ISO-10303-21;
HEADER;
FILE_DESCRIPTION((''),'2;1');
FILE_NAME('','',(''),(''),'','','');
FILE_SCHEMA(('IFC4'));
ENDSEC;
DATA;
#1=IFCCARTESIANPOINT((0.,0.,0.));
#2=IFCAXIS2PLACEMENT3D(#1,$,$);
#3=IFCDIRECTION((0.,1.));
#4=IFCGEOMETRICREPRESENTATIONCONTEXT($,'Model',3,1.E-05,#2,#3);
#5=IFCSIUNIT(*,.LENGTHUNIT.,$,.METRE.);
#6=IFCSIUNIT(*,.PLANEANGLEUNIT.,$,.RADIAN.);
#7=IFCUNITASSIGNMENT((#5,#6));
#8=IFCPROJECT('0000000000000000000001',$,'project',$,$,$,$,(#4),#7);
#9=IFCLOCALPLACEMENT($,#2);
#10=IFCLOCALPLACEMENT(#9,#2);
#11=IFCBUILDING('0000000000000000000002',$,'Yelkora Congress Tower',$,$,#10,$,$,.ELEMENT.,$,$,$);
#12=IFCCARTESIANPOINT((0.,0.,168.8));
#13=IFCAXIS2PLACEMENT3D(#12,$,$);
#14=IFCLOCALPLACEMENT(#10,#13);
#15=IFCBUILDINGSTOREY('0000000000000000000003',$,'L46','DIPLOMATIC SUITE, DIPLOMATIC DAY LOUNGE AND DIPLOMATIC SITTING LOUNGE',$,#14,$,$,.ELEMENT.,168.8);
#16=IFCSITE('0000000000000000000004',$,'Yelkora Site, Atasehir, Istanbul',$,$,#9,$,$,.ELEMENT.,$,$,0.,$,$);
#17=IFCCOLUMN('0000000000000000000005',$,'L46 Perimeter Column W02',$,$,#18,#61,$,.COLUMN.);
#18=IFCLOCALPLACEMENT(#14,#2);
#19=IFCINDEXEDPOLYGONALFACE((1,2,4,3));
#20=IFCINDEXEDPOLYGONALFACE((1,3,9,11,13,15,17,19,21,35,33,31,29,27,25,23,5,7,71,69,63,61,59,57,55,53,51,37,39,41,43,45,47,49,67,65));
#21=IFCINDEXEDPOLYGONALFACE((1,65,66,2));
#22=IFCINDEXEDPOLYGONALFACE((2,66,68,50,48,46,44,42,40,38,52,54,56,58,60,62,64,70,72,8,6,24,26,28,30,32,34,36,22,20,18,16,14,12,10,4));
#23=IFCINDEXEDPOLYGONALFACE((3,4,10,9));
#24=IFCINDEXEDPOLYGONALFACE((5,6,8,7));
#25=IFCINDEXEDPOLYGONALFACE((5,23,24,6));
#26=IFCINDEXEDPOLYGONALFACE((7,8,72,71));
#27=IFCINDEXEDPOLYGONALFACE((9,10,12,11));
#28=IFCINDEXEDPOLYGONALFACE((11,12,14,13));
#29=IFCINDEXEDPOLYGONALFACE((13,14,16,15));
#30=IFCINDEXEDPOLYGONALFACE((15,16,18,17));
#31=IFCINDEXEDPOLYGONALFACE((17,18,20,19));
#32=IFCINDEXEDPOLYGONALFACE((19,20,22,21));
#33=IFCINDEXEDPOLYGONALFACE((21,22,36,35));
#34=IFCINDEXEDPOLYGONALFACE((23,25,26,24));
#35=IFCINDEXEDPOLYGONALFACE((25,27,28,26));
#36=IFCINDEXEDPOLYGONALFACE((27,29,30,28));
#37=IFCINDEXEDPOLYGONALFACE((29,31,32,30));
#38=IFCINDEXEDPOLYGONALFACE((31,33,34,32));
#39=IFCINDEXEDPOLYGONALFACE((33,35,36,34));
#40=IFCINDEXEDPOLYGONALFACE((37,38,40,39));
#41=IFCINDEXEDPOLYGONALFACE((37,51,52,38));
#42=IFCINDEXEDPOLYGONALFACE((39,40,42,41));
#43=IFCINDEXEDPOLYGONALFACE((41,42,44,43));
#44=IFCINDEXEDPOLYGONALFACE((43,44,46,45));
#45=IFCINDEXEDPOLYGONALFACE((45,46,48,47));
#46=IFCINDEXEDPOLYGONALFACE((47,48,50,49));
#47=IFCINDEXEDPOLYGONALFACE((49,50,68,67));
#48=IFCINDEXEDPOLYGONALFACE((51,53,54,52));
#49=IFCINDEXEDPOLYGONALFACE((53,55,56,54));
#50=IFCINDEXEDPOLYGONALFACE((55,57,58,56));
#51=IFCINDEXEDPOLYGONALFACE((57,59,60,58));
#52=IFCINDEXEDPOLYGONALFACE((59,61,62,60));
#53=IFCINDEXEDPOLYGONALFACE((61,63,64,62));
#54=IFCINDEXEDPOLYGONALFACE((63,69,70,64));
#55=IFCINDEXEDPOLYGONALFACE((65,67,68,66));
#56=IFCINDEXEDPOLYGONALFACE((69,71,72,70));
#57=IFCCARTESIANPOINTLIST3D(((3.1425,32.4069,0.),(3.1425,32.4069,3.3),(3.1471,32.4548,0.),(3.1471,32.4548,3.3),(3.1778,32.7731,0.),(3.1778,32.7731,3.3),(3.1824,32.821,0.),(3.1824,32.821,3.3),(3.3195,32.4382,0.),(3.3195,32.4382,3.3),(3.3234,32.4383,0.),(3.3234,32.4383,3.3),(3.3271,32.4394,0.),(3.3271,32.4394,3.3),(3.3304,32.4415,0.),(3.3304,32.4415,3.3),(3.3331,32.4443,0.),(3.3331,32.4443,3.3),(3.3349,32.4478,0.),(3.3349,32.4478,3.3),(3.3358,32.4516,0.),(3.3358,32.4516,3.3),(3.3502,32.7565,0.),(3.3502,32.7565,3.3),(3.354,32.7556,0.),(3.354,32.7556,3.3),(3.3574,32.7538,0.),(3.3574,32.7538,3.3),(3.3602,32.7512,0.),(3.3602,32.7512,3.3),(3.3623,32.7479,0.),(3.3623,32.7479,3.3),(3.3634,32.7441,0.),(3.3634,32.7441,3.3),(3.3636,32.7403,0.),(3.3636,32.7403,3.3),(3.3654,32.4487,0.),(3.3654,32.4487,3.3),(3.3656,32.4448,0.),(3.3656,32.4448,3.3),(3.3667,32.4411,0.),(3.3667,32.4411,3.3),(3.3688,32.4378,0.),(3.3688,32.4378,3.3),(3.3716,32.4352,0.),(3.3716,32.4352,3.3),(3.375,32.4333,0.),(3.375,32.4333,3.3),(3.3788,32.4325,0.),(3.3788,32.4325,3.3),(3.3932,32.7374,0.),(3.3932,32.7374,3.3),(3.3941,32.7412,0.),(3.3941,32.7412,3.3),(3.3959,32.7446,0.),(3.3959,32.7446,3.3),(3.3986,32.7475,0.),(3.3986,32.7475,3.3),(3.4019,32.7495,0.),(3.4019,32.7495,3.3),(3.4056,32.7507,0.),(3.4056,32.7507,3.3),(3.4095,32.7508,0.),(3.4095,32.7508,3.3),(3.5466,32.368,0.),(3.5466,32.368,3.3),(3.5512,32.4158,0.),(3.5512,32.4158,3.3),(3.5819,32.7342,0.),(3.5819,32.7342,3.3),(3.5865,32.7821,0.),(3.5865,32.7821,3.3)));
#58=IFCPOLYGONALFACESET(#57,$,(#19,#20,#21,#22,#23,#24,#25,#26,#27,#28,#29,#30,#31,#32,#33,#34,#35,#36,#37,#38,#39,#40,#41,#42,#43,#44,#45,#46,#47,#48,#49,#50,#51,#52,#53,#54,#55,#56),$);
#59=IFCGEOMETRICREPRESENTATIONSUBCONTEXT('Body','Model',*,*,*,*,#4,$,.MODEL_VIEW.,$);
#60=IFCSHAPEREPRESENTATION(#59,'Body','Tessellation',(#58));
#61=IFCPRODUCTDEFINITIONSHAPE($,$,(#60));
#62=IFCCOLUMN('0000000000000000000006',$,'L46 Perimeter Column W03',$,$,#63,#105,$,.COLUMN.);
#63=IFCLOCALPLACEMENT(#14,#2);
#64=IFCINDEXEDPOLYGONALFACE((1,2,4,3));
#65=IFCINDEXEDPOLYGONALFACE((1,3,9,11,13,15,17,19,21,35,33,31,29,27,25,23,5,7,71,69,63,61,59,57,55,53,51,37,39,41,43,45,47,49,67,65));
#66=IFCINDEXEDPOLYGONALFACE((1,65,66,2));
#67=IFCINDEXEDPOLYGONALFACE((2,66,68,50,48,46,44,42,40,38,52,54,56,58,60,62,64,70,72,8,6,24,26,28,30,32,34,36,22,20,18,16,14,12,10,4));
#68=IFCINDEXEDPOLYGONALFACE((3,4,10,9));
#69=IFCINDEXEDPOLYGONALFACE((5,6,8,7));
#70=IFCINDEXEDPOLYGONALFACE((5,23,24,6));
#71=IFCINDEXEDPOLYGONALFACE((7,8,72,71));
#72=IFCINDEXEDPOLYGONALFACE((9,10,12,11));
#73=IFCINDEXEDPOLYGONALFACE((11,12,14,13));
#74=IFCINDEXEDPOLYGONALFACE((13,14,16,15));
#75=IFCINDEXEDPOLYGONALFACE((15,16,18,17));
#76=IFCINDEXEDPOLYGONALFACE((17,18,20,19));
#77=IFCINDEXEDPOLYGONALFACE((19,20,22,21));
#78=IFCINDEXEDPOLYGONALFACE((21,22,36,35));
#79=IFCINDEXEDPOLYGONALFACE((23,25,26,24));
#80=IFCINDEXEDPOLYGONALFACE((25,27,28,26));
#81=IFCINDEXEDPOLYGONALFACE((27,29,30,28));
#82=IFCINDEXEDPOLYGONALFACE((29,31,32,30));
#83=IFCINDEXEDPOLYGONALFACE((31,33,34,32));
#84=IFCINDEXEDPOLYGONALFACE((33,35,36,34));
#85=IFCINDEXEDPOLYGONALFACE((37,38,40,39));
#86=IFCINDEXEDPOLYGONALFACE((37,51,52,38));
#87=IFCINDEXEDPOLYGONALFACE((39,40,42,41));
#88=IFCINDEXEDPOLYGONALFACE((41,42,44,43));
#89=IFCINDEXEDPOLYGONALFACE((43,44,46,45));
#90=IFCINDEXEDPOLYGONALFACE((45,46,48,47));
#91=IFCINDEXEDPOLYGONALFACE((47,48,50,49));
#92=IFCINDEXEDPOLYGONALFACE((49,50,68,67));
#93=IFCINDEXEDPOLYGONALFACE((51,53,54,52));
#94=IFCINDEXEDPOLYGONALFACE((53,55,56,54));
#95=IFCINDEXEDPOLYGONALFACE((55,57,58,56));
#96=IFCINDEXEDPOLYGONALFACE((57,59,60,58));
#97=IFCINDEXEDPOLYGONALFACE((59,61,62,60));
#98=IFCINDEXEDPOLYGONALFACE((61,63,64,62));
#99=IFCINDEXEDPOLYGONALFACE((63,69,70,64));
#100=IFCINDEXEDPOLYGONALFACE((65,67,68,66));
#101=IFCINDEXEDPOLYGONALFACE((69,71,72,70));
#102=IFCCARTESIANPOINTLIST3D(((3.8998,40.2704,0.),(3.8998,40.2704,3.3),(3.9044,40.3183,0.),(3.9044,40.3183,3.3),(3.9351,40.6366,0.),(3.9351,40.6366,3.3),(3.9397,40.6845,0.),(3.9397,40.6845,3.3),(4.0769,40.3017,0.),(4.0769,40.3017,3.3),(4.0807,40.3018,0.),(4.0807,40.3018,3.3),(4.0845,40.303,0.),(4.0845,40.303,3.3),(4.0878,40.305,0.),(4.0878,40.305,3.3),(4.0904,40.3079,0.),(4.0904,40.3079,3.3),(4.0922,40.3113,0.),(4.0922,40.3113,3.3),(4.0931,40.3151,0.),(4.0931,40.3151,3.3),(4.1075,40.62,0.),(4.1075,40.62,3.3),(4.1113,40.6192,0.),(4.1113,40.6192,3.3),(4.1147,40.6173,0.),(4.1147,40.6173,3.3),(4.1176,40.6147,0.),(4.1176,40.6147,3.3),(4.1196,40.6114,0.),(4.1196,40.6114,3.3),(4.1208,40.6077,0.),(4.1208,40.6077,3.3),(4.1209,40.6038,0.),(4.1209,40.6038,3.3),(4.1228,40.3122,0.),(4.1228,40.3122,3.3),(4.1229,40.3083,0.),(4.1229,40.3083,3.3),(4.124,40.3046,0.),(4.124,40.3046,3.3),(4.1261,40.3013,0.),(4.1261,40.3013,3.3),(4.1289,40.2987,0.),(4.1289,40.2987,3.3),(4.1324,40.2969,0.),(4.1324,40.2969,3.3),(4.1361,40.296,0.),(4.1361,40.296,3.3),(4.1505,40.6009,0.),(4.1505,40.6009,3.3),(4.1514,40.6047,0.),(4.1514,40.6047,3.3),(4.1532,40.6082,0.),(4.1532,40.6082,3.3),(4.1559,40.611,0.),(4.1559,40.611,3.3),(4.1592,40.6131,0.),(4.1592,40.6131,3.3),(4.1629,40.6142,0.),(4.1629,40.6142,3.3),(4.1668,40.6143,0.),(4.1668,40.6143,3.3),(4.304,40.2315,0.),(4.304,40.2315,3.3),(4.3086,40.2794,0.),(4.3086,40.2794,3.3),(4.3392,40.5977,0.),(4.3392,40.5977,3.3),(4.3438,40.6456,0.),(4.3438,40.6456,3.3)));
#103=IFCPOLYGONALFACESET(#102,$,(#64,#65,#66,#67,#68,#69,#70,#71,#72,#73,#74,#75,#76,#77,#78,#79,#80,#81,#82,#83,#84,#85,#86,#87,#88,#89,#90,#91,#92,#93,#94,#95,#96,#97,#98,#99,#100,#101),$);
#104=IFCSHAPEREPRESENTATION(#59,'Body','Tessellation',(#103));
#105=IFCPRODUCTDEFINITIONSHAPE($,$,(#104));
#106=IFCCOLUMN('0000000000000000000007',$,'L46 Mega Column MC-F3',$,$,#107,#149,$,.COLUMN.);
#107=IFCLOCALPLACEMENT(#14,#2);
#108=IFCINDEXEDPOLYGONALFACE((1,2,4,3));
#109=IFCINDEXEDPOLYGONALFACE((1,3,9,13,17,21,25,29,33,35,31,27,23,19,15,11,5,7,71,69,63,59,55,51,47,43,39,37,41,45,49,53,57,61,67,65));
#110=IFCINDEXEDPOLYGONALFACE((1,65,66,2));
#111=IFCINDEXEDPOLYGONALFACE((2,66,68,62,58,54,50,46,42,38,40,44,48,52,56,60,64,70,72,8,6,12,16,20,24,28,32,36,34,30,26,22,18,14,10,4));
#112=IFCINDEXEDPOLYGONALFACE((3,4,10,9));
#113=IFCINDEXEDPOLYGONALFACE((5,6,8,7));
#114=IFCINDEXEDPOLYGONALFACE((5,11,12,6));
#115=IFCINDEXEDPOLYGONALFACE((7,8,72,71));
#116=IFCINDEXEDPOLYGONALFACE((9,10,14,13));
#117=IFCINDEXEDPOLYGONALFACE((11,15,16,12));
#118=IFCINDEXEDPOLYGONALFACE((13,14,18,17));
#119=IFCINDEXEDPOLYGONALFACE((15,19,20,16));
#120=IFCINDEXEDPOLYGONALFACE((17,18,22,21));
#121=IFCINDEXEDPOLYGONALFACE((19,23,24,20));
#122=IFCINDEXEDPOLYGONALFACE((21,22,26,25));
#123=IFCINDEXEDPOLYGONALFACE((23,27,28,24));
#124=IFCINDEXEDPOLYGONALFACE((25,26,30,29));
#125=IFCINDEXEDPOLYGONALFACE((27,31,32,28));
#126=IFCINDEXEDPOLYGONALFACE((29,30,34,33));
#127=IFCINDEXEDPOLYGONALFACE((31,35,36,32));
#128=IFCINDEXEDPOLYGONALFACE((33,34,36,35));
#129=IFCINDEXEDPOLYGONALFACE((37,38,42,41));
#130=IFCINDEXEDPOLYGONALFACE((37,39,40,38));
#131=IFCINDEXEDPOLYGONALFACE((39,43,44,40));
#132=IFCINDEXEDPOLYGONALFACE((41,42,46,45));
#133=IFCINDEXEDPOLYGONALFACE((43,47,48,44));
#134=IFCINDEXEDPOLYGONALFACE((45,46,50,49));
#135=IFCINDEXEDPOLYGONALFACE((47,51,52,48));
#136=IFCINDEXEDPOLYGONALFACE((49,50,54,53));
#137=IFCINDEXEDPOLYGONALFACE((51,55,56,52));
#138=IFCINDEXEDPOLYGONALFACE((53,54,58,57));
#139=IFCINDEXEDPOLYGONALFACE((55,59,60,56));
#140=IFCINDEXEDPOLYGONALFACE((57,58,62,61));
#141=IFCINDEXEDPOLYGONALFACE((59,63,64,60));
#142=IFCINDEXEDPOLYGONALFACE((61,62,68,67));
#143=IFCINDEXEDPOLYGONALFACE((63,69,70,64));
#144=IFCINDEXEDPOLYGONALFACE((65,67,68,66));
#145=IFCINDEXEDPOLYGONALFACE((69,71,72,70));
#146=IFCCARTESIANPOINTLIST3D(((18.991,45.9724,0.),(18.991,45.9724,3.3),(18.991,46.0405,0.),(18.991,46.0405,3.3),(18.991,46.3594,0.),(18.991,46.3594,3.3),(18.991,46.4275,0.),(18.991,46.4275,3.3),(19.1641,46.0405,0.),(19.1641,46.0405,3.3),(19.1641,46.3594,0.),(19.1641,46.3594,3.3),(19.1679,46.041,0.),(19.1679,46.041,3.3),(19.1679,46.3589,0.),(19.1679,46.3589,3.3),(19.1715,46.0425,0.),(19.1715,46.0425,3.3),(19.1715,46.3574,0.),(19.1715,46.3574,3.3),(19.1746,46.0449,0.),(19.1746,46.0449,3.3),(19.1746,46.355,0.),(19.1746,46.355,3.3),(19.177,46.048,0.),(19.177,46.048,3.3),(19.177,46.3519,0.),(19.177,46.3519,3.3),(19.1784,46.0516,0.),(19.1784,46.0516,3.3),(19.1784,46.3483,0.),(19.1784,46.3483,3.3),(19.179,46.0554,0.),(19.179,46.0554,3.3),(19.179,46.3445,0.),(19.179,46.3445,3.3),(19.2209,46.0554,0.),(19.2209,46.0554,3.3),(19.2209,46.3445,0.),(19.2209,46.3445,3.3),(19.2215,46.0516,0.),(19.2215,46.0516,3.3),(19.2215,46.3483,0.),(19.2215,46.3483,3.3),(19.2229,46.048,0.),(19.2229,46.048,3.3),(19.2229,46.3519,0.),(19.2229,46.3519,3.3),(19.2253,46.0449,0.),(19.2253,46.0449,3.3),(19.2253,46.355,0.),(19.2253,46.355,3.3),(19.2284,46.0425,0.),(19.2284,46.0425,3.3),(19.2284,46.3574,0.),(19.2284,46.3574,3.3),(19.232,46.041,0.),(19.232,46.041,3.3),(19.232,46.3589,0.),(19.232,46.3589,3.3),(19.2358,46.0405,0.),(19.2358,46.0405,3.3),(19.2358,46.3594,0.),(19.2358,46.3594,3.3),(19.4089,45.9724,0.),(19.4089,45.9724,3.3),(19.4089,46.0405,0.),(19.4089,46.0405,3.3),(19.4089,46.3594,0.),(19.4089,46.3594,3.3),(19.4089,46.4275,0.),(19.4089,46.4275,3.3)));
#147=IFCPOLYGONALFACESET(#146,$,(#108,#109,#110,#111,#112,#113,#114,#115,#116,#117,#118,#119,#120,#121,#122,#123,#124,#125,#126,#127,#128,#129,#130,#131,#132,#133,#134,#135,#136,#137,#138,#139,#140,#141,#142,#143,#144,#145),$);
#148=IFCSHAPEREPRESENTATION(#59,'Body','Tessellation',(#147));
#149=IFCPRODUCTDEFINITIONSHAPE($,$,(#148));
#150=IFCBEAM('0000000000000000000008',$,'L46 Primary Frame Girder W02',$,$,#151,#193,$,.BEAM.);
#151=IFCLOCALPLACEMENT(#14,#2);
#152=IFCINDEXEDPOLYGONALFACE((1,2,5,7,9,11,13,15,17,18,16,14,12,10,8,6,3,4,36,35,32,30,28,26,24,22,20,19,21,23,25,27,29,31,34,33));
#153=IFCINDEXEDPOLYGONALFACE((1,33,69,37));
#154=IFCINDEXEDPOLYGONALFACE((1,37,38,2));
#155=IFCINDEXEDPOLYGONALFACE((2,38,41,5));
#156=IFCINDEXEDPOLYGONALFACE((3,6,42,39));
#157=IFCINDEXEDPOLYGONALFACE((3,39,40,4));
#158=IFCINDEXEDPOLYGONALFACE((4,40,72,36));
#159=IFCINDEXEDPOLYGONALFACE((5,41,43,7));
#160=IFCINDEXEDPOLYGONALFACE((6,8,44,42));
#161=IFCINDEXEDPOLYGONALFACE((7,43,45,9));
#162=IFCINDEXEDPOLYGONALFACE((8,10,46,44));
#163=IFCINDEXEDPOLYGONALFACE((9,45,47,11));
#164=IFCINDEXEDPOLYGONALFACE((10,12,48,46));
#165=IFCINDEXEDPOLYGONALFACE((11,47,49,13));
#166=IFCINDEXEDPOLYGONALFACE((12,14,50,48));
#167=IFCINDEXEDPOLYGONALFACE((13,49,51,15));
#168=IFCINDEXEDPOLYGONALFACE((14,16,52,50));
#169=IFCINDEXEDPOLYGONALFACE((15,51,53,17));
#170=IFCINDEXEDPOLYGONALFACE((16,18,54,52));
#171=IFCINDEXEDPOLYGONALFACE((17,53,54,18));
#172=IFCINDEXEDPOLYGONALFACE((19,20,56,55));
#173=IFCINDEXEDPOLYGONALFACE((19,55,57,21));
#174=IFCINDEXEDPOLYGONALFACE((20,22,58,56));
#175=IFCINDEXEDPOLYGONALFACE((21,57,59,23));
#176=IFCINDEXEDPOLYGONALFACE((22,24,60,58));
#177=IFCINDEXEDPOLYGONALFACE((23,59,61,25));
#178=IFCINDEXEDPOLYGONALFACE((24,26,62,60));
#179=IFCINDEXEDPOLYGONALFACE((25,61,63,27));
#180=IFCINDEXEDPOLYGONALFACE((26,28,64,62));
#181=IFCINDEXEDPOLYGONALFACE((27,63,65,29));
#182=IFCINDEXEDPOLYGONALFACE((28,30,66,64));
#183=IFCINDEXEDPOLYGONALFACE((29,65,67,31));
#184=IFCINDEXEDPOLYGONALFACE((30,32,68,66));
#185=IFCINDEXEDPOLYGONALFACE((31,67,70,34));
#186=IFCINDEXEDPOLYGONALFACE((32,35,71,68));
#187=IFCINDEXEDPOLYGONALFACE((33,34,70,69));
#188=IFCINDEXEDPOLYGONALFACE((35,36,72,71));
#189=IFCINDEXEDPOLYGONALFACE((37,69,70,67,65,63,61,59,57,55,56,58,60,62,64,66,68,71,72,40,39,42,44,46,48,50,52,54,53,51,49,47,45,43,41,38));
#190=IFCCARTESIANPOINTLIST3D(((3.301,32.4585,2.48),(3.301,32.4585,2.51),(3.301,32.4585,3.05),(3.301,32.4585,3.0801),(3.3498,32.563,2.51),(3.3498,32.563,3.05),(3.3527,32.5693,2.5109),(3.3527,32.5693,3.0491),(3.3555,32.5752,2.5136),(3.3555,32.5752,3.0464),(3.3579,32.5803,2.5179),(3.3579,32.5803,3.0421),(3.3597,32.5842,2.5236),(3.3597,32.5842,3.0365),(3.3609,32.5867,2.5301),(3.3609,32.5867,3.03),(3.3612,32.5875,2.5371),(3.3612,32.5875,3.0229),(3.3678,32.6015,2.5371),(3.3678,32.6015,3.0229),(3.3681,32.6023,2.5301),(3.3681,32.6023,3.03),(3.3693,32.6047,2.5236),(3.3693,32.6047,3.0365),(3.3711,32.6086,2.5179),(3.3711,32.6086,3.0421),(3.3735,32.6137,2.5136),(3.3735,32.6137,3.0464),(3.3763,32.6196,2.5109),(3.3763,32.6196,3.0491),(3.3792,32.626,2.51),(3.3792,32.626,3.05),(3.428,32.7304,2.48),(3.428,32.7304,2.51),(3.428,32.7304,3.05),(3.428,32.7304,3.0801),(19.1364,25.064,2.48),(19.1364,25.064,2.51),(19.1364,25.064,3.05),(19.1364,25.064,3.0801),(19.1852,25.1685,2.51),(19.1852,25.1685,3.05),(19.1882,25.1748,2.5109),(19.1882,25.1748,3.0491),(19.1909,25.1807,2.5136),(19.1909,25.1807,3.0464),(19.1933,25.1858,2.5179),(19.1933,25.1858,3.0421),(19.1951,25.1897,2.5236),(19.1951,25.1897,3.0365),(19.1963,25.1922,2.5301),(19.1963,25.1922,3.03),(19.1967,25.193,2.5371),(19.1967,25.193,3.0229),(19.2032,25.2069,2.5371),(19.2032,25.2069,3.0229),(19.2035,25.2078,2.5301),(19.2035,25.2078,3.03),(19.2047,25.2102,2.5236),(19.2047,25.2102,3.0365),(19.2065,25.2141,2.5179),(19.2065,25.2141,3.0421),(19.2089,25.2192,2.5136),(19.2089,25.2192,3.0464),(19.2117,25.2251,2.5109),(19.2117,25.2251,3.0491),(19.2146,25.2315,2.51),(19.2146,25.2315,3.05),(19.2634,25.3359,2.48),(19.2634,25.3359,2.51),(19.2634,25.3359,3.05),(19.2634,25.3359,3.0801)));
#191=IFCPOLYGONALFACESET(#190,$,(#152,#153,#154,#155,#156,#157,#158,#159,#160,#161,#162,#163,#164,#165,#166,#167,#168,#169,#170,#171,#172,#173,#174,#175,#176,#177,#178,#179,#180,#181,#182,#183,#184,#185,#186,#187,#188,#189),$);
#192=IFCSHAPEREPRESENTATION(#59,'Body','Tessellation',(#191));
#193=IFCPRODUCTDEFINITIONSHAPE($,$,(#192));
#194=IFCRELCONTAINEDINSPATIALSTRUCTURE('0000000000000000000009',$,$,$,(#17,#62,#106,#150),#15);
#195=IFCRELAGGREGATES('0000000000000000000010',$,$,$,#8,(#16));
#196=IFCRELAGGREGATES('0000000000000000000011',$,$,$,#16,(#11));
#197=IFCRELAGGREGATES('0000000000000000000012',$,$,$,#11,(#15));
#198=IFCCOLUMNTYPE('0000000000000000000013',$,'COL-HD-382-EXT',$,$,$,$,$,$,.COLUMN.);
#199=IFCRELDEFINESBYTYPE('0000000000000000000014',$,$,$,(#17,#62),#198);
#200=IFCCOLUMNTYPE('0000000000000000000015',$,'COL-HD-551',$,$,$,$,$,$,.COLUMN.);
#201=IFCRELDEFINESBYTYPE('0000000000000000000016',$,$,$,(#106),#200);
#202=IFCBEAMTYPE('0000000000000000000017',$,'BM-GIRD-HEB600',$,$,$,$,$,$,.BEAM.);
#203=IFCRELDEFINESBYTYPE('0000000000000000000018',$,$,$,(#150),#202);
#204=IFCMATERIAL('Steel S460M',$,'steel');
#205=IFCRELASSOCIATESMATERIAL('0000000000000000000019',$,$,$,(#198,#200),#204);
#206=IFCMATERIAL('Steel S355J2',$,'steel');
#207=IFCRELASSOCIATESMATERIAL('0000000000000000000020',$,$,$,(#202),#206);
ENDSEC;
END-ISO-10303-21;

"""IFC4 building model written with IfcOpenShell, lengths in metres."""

from ifc_helpers import new_model, si_unit, direction, frame, origin, origin_2d, place, context, subcontext, project, spatial, i_section, extrude, material, material_profile, profile_set, type_object, element, save


model = new_model("IFC4")

# Units and contexts
model_context = context("Model", 3, precision=1e-05, world=origin(), true_north=direction((0.0, 1.0)))
body_context = subcontext(model_context, "Body", "Model", "MODEL_VIEW")
ifc_project = project(units=[si_unit("LENGTHUNIT", "METRE"), si_unit("PLANEANGLEUNIT", "RADIAN")], contexts=[model_context])

# Site, building, storey
site_placement = place(None, origin())
site = spatial("IfcSite", under=ifc_project, at=site_placement, Name="Yelkora Site, Atasehir, Istanbul", CompositionType="ELEMENT", RefElevation=0.0)
building_placement = place(site_placement, origin())
building = spatial("IfcBuilding", under=site, at=building_placement, Name="Yelkora Congress Tower", CompositionType="ELEMENT")
storey_placement = place(building_placement, frame((0.0, 0.0, 168.8)))
storey = spatial("IfcBuildingStorey", under=building, at=storey_placement, Name="L46", Description="DIPLOMATIC SUITE, DIPLOMATIC DAY LOUNGE AND DIPLOMATIC SITTING LOUNGE", CompositionType="ELEMENT", Elevation=168.8)

# Columns
ifc_material_1 = material(Name="Steel S460M", Category="steel")
ifc_material_profile_1 = material_profile(ifc_material_1, i_section(OverallWidth=0.406, OverallDepth=0.416, WebThickness=0.0298, FlangeThickness=0.0481, FilletRadius=0.0149, at=origin_2d()), Name="HD 400x382")
ifc_profile_set_1 = profile_set([ifc_material_profile_1], Name="Steel S460M")
column_type_1 = type_object("IfcColumnType", Name="COL-HD-382-EXT", PredefinedType="COLUMN", material=ifc_profile_set_1)
for number, where, z_axis, x_axis, name in (
    (1, (3.3645, 32.5945, 0.0), (0.0, 0.0, 1.0), (0.995396, -0.095846, 0.0), "L46 Perimeter Column W02"),
    (2, (4.1218, 40.458, 0.0), (0.0, 0.0, 1.0), (0.995396, -0.095846, 0.0), "L46 Perimeter Column W03"),
):
    element("IfcColumn", number, at=place(storey_placement, frame(where, z_axis=z_axis, x_axis=x_axis)), inside=storey, type_object=column_type_1, Name=name, PredefinedType="COLUMN", context=body_context, shape_type="SweptSolid", body=[
        extrude(i_section(OverallWidth=0.406, OverallDepth=0.416, WebThickness=0.0298, FlangeThickness=0.0481, FilletRadius=0.0149, at=origin_2d()), origin(), (0.0, 0.0, 1.0), 3.3),
    ])
ifc_material_profile_2 = material_profile(ifc_material_1, i_section(OverallWidth=0.418, OverallDepth=0.4551, WebThickness=0.042, FlangeThickness=0.0681, FilletRadius=0.0149, at=origin_2d()), Name="HD 400x551")
ifc_profile_set_2 = profile_set([ifc_material_profile_2], Name="Steel S460M")
column_type_2 = type_object("IfcColumnType", Name="COL-HD-551", PredefinedType="COLUMN", material=ifc_profile_set_2)
column_placement = place(storey_placement, frame((19.2, 46.2, 0.0), z_axis=(0.0, 0.0, 1.0), x_axis=(1.0, 0.0, 0.0)))
element("IfcColumn", 3, at=column_placement, inside=storey, type_object=column_type_2, Name="L46 Mega Column MC-F3", PredefinedType="COLUMN", context=body_context, shape_type="SweptSolid", body=[
    extrude(i_section(OverallWidth=0.418, OverallDepth=0.4551, WebThickness=0.042, FlangeThickness=0.0681, FilletRadius=0.0149, at=origin_2d()), origin(), (0.0, 0.0, 1.0), 3.3),
])

# Beam
ifc_material_2 = material(Name="Steel S355J2", Category="steel")
ifc_material_profile_3 = material_profile(ifc_material_2, i_section(OverallWidth=0.3, OverallDepth=0.6001, WebThickness=0.0154, FlangeThickness=0.03, FilletRadius=0.0271, at=origin_2d()), Name="HEB 600")
ifc_profile_set_3 = profile_set([ifc_material_profile_3], Name="Steel S355J2")
beam_type_1 = type_object("IfcBeamType", Name="BM-GIRD-HEB600", PredefinedType="BEAM", material=ifc_profile_set_3)
beam_1_placement = place(storey_placement, frame((3.3645, 32.5945, 2.78), z_axis=(0.906081, -0.423104, 0.0), x_axis=(0.423104, 0.906081, 0.0)))
element("IfcBeam", 4, at=beam_1_placement, inside=storey, type_object=beam_type_1, Name="L46 Primary Frame Girder W02", PredefinedType="BEAM", context=body_context, shape_type="SweptSolid", body=[
    extrude(i_section(OverallWidth=0.3, OverallDepth=0.6001, WebThickness=0.0154, FlangeThickness=0.03, FilletRadius=0.0271, at=origin_2d()), origin(), (0.0, 0.0, 1.0), 17.4768),
])

save(model, "model.ifc")
